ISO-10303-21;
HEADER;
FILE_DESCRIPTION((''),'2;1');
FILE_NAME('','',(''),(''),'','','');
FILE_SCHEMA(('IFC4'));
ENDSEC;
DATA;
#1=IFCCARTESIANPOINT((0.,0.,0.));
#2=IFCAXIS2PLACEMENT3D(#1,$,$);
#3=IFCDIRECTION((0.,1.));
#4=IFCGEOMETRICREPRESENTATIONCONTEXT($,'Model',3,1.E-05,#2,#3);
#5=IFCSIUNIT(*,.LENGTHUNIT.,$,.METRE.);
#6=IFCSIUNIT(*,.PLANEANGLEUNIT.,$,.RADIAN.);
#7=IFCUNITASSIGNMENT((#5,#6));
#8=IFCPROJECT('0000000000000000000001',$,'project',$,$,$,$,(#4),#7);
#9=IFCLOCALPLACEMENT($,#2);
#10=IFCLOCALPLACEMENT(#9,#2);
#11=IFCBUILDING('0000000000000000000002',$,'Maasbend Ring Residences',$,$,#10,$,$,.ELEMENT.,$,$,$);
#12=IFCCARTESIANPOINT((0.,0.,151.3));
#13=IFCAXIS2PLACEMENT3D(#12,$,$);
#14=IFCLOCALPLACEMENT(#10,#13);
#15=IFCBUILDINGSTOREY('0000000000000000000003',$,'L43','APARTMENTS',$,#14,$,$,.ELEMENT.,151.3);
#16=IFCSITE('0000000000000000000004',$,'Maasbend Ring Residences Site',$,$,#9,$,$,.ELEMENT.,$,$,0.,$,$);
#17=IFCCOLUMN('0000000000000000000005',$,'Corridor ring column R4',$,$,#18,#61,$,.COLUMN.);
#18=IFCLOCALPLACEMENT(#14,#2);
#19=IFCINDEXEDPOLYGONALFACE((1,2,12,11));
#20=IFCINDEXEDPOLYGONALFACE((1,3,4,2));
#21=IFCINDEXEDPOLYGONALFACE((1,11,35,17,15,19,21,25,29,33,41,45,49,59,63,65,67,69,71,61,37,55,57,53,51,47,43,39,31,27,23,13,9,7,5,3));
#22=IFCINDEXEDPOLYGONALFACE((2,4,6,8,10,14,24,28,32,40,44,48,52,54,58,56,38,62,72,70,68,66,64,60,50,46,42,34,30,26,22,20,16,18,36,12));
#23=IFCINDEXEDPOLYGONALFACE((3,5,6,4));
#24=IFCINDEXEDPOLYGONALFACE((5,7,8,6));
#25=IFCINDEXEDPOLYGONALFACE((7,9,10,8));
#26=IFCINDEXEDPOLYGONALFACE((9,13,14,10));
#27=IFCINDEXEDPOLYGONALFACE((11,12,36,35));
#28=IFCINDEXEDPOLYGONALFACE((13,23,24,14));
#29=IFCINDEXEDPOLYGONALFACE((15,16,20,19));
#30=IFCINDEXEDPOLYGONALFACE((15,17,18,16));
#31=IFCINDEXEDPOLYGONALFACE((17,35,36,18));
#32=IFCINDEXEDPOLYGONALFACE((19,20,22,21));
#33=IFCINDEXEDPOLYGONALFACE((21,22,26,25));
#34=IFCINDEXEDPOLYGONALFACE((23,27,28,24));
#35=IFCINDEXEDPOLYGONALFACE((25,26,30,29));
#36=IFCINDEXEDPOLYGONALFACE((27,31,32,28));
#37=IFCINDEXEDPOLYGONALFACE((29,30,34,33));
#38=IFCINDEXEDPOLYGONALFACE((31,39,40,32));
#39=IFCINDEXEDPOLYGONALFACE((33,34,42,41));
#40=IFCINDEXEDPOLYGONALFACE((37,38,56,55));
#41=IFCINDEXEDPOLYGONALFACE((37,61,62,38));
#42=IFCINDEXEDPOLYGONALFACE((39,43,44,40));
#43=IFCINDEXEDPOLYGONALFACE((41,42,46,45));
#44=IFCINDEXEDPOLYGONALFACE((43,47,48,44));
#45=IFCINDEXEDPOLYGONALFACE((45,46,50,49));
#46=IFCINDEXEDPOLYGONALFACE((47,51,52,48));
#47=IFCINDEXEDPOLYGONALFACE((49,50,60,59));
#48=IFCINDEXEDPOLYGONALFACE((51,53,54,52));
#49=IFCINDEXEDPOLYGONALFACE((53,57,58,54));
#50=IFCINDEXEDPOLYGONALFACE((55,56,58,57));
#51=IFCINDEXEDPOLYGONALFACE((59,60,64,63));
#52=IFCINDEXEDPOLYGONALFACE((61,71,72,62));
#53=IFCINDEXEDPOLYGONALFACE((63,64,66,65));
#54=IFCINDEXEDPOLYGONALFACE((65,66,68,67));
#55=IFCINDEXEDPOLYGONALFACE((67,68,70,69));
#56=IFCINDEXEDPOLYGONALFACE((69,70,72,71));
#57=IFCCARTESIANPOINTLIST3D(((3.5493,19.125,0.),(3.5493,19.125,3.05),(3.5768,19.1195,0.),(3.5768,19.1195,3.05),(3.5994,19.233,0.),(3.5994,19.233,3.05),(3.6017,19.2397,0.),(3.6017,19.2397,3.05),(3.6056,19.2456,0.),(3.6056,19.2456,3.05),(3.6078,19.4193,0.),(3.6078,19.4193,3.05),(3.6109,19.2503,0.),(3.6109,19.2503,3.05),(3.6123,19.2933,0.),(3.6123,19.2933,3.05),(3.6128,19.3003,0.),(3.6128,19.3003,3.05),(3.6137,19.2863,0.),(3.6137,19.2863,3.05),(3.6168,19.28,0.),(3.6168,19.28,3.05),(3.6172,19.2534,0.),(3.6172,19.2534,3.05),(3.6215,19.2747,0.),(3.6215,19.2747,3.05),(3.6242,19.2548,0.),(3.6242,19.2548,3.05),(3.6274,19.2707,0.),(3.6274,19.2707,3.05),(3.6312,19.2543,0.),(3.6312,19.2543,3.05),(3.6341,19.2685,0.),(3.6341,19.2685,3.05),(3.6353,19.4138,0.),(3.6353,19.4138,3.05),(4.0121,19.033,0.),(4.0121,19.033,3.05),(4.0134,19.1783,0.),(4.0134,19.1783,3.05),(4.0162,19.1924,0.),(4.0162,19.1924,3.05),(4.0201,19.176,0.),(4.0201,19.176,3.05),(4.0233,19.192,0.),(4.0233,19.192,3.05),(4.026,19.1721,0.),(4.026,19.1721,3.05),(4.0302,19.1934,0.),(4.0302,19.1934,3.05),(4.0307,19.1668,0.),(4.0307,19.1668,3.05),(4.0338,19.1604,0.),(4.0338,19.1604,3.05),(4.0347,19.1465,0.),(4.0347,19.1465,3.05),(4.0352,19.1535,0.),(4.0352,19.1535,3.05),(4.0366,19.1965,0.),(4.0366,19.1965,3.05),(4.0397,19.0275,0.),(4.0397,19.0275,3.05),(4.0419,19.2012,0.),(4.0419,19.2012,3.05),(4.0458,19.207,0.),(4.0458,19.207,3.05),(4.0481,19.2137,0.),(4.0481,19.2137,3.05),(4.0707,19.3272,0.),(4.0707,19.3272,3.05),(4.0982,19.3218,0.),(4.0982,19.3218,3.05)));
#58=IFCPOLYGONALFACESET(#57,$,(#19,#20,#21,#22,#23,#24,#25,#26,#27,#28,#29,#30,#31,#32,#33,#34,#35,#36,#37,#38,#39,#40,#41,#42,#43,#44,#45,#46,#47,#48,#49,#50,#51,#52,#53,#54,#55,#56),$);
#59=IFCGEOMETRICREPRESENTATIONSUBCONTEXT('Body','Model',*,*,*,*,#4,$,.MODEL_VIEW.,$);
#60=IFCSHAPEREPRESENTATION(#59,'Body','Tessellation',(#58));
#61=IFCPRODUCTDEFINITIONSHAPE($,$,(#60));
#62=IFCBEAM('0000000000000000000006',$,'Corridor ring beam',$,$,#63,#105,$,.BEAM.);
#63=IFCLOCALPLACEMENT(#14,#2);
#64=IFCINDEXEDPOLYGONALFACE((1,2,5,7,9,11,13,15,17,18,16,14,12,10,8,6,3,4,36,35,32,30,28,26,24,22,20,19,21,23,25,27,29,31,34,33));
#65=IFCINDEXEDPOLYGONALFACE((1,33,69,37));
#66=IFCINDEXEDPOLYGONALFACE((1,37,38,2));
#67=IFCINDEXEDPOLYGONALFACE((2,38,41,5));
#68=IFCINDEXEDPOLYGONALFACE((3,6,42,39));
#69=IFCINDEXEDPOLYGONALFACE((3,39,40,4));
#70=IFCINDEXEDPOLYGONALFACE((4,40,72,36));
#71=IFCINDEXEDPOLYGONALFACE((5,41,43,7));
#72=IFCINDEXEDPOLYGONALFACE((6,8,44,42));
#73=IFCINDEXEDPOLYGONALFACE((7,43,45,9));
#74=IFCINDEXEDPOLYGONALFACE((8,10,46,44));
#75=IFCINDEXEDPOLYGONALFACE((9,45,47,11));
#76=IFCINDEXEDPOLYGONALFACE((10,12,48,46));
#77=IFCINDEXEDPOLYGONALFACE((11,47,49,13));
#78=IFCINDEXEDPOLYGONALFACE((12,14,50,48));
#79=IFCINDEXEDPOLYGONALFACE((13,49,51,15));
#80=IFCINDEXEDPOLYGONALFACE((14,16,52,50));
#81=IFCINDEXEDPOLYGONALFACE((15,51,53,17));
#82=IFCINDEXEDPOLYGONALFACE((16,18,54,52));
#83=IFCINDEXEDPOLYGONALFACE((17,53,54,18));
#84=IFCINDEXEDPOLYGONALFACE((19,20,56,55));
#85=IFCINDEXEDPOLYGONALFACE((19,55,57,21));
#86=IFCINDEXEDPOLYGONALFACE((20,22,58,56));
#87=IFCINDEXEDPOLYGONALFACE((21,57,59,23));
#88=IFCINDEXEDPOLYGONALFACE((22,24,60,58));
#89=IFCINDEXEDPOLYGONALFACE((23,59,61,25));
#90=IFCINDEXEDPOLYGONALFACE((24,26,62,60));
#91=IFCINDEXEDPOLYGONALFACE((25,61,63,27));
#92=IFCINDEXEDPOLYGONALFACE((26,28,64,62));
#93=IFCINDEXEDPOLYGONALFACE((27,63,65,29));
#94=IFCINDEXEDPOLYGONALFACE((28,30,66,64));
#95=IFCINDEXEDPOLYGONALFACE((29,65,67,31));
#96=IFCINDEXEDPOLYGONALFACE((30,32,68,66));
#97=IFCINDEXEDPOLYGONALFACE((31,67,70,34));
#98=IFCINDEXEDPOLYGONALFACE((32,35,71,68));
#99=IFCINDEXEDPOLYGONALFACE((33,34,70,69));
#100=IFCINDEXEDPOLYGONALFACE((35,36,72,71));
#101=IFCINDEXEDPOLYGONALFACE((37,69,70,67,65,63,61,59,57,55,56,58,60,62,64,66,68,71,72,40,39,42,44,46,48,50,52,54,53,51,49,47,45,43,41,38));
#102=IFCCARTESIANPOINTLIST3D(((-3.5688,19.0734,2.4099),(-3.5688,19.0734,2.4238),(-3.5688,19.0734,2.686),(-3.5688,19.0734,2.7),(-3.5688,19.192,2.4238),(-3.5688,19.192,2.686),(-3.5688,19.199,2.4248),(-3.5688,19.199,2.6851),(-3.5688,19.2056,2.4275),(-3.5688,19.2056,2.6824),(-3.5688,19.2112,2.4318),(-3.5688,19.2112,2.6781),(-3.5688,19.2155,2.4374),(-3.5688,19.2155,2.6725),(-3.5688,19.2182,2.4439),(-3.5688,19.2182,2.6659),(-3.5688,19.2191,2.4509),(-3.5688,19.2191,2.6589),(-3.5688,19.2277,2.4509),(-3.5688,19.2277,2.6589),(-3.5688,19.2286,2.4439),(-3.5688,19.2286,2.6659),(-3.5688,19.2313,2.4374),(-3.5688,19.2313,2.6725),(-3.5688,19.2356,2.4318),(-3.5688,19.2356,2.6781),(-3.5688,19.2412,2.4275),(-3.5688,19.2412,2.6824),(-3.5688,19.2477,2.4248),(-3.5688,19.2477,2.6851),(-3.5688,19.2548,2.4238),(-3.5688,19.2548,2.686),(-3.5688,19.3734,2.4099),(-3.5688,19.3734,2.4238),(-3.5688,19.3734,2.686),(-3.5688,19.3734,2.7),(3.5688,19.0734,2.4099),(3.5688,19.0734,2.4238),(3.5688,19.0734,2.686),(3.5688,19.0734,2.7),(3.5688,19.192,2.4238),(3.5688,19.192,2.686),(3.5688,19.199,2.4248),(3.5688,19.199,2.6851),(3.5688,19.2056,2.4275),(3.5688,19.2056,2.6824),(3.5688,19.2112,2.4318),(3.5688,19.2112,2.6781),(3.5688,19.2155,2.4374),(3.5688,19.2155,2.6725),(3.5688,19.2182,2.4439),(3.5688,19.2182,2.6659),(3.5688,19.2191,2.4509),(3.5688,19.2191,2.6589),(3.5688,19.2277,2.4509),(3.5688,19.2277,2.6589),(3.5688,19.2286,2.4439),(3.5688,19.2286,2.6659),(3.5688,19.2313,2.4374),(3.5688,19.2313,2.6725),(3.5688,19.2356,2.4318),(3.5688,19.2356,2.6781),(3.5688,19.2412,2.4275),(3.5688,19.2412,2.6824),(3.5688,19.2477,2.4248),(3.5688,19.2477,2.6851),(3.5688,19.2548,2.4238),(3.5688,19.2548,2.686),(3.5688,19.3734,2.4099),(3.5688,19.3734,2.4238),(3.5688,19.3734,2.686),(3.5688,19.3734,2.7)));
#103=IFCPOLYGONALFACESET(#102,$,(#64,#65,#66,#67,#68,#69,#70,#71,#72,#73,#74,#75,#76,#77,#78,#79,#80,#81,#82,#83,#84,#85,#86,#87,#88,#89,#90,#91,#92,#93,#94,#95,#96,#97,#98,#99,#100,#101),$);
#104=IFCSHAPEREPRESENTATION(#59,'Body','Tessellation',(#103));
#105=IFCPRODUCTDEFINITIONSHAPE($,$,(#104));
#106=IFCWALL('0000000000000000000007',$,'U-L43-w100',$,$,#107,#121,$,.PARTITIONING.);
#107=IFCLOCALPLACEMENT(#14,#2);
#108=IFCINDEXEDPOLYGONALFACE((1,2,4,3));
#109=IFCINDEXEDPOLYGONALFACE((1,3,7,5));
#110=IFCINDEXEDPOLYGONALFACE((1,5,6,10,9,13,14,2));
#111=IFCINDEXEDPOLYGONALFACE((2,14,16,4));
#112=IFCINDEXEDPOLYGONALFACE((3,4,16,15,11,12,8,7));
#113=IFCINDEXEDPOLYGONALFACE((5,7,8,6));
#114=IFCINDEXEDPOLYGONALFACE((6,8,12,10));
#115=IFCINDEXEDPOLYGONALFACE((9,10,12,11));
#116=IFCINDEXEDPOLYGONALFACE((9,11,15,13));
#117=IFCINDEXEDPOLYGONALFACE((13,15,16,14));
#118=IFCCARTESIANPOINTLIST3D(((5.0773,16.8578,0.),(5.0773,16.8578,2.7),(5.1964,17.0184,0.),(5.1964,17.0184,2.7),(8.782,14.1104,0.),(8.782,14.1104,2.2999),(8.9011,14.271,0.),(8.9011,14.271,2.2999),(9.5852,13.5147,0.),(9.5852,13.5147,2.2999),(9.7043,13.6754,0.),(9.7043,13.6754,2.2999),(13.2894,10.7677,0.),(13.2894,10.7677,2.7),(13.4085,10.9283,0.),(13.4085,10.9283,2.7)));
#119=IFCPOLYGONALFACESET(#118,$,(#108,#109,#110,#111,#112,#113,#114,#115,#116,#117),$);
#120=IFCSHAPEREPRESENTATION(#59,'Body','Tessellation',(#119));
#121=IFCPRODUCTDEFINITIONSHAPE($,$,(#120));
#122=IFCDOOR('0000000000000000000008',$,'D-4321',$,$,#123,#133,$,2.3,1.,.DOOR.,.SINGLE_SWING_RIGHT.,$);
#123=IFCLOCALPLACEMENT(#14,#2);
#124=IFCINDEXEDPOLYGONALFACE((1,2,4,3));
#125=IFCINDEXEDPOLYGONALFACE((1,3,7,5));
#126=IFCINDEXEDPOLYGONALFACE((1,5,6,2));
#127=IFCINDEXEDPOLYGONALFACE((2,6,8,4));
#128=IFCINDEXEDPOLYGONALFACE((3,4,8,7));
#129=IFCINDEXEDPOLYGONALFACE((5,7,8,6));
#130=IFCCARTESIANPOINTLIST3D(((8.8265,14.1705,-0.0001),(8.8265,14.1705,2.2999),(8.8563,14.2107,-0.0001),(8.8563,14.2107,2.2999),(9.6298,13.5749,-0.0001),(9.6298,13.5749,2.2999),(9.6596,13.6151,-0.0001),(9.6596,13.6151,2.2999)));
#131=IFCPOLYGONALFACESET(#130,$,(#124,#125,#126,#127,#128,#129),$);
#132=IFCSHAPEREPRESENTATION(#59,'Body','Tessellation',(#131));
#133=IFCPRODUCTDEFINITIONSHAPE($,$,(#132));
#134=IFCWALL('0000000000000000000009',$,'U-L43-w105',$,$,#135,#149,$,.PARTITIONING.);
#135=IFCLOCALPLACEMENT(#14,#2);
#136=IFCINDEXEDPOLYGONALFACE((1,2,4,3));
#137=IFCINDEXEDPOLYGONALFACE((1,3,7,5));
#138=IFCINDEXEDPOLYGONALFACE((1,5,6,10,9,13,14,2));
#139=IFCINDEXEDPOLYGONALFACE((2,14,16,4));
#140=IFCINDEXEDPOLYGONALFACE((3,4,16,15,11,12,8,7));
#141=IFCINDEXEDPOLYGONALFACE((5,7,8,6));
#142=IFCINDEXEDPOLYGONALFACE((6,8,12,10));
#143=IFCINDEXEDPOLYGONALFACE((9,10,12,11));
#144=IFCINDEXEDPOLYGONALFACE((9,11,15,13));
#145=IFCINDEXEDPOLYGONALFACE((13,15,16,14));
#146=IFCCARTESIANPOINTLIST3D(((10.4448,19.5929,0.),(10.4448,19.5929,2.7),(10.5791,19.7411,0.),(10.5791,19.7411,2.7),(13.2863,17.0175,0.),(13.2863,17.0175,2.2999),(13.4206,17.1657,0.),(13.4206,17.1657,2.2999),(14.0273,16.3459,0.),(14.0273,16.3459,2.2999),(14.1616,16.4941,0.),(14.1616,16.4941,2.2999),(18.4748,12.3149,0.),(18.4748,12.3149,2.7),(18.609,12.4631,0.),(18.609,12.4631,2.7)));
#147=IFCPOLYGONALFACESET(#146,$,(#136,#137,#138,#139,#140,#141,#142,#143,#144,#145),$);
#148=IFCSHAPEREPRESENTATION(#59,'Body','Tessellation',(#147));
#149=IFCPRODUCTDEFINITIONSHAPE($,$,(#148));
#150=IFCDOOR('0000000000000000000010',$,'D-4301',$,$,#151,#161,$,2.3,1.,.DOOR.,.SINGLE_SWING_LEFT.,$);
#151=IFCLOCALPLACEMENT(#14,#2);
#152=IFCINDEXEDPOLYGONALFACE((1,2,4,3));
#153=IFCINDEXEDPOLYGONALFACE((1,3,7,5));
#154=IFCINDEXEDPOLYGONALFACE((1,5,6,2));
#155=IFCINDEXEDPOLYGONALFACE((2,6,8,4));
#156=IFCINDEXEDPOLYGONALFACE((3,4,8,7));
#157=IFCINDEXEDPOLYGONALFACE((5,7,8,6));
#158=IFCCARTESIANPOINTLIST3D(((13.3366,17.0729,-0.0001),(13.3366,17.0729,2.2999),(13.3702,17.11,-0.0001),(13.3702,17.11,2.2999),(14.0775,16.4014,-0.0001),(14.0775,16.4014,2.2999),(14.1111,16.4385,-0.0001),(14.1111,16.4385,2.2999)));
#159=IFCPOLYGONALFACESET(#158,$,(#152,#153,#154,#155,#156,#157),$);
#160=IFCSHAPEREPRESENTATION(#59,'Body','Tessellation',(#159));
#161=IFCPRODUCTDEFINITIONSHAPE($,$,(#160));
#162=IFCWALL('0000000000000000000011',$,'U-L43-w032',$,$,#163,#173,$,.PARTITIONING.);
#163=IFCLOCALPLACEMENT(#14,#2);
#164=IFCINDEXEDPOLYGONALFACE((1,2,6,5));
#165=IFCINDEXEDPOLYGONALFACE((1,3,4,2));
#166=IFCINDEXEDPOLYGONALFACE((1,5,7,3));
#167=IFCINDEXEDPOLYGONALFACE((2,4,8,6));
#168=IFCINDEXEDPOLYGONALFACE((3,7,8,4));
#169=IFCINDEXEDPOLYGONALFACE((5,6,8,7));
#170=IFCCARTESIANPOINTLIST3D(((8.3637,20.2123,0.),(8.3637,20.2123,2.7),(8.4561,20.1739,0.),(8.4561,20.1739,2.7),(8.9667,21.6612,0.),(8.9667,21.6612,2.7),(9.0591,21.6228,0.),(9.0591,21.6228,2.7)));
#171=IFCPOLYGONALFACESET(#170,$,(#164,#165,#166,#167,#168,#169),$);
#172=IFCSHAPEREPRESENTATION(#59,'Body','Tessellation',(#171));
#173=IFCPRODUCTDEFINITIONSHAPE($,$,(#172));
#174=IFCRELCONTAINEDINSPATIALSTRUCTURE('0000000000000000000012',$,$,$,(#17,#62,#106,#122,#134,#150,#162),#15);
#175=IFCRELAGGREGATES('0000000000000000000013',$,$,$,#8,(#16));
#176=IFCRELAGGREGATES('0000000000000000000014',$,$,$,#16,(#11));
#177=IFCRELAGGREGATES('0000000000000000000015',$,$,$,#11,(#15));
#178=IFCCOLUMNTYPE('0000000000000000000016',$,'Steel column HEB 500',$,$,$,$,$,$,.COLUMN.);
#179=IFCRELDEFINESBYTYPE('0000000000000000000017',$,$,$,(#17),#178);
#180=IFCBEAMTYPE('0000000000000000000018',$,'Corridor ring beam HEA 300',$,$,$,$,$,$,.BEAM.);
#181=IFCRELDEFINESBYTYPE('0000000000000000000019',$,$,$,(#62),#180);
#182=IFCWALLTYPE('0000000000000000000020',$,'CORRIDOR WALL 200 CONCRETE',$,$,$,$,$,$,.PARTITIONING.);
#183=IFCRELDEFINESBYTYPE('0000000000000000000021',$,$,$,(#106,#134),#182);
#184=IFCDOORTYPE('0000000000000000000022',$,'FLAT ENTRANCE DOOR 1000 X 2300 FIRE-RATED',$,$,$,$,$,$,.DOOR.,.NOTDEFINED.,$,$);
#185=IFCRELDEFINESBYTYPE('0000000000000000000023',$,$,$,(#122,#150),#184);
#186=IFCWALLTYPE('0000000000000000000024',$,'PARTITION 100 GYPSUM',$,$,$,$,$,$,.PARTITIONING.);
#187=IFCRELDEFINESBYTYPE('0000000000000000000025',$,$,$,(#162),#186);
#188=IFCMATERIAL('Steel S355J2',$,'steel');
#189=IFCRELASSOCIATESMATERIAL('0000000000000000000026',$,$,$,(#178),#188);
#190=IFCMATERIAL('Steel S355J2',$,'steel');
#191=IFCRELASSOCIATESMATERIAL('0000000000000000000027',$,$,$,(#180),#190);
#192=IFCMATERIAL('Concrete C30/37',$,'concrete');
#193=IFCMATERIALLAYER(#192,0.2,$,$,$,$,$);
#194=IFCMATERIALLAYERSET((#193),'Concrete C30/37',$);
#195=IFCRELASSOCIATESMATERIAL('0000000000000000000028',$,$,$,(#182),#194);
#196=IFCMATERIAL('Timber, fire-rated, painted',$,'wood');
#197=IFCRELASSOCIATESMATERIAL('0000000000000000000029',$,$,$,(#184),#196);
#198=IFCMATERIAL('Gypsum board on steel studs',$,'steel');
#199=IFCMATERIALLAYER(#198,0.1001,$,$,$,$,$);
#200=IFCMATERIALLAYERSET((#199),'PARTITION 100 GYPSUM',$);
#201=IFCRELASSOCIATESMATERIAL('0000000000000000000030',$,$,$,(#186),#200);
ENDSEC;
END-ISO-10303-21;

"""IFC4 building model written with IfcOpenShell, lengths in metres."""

from ifc_helpers import new_model, si_unit, direction, frame, frame_2d, origin, origin_2d, place, context, subcontext, project, spatial, rectangle, i_section, extrude, material, layer, layer_set, material_profile, profile_set, type_object, element, fill, save


model = new_model("IFC4")

# Units and contexts
model_context = context("Model", 3, precision=1e-05, world=origin(), true_north=direction((0.0, 1.0)))
body_context = subcontext(model_context, "Body", "Model", "MODEL_VIEW")
ifc_project = project(units=[si_unit("LENGTHUNIT", "METRE"), si_unit("PLANEANGLEUNIT", "RADIAN")], contexts=[model_context])

# Site, building, storey
site_placement = place(None, origin())
site = spatial("IfcSite", under=ifc_project, at=site_placement, Name="Maasbend Ring Residences Site", CompositionType="ELEMENT", RefElevation=0.0)
building_placement = place(site_placement, origin())
building = spatial("IfcBuilding", under=site, at=building_placement, Name="Maasbend Ring Residences", CompositionType="ELEMENT")
storey_placement = place(building_placement, frame((0.0, 0.0, 151.3)))
storey = spatial("IfcBuildingStorey", under=building, at=storey_placement, Name="L43", Description="APARTMENTS", CompositionType="ELEMENT", Elevation=151.3)

# Column
ifc_material_1 = material(Name="Steel S355J2", Category="steel")
ifc_material_profile_1 = material_profile(ifc_material_1, i_section(OverallWidth=0.3, OverallDepth=0.5, WebThickness=0.0144, FlangeThickness=0.0281, FilletRadius=0.0271, at=origin_2d()), Name="HEB 500")
ifc_profile_set_1 = profile_set([ifc_material_profile_1], Name="Steel S355J2")
column_type = type_object("IfcColumnType", Name="Steel column HEB 500", PredefinedType="COLUMN", material=ifc_profile_set_1)
column_placement = place(storey_placement, frame((3.8237, 19.2234, 0.0), z_axis=(0.0, 0.0, 1.0), x_axis=(0.19509, 0.980785, 0.0)))
element("IfcColumn", 1, at=column_placement, inside=storey, type_object=column_type, Name="Corridor ring column R4", PredefinedType="COLUMN", context=body_context, shape_type="SweptSolid", body=[
    extrude(i_section(OverallWidth=0.3, OverallDepth=0.5, WebThickness=0.0144, FlangeThickness=0.0281, FilletRadius=0.0271, at=origin_2d()), origin(), (0.0, 0.0, 1.0), 3.05),
])

# Beam
ifc_material_2 = material(Name="Steel S355J2", Category="steel")
ifc_material_profile_2 = material_profile(ifc_material_2, i_section(OverallWidth=0.3, OverallDepth=0.29, WebThickness=0.0085, FlangeThickness=0.0139, FilletRadius=0.0271, at=origin_2d()), Name="HEA 300")
ifc_profile_set_2 = profile_set([ifc_material_profile_2], Name="Steel S355J2")
beam_type = type_object("IfcBeamType", Name="Corridor ring beam HEA 300", PredefinedType="BEAM", material=ifc_profile_set_2)
beam_placement = place(storey_placement, frame((3.5688, 19.2234, 2.5549), z_axis=(-1.0, 0.0, 0.0), x_axis=(0.0, -1.0, 0.0)))
element("IfcBeam", 2, at=beam_placement, inside=storey, type_object=beam_type, Name="Corridor ring beam", PredefinedType="BEAM", context=body_context, shape_type="SweptSolid", body=[
    extrude(i_section(OverallWidth=0.3, OverallDepth=0.29, WebThickness=0.0085, FlangeThickness=0.0139, FilletRadius=0.0271, at=origin_2d()), origin(), (0.0, 0.0, 1.0), 7.1377),
])

# Walls, openings, doors
ifc_material_3 = material(Name="Concrete C30/37", Category="concrete")
ifc_layer_1 = layer(ifc_material_3, 0.2)
ifc_layer_set_1 = layer_set([ifc_layer_1], Name="Concrete C30/37")
wall_type_1 = type_object("IfcWallType", Name="CORRIDOR WALL 200 CONCRETE", PredefinedType="PARTITIONING", material=ifc_layer_set_1)
wall_1_placement = place(storey_placement, frame((5.137, 16.938, 0.0), z_axis=(0.0, 0.0, 1.0), x_axis=(0.803229, -0.59567, 0.0)))
wall_1 = element("IfcWall", 3, at=wall_1_placement, inside=storey, type_object=wall_type_1, Name="U-L43-w100", PredefinedType="PARTITIONING", context=body_context, shape_type="SweptSolid", body=[
    extrude(rectangle(XDim=10.2239, YDim=0.2, at=frame_2d((5.1118, 0.0))), origin(), (0.0, 0.0, 1.0), 2.7),
])
opening_1_placement = place(wall_1_placement, frame((4.6121, 0.0, 0.0)))
opening_1 = element("IfcOpeningElement", 4, at=opening_1_placement, cuts=wall_1, PredefinedType="OPENING", context=body_context, shape_type="SweptSolid", body=[
    extrude(rectangle(XDim=1.0, YDim=2.3, at=frame_2d((0.5, 1.1499))), frame((0.0, 0.1099, 0.0), z_axis=(0.0, -1.0, 0.0), x_axis=(1.0, 0.0, 0.0)), (0.0, 0.0, 1.0), 0.22),
])
ifc_material_4 = material(Name="Timber, fire-rated, painted", Category="wood")
door_type_1 = type_object("IfcDoorType", Name="FLAT ENTRANCE DOOR 1000 X 2300 FIRE-RATED", OperationType="NOTDEFINED", PredefinedType="DOOR", material=ifc_material_4)
door_1_placement = place(opening_1_placement, origin())
door_1 = element("IfcDoor", 5, at=door_1_placement, inside=storey, type_object=door_type_1, Name="D-4321", OperationType="SINGLE_SWING_RIGHT", OverallHeight=2.3, OverallWidth=1.0, PredefinedType="DOOR", context=body_context, shape_type="SweptSolid", body=[
    extrude(rectangle(XDim=1.0, YDim=2.3, at=frame_2d((0.5, 1.1499))), frame((0.0, 0.0249, 0.0), z_axis=(0.0, -1.0, 0.0), x_axis=(1.0, 0.0, 0.0)), (0.0, 0.0, 1.0), 0.05),
])
fill(opening_1, door_1)
wall_2_placement = place(storey_placement, frame((10.512, 19.667, 0.0), z_axis=(0.0, 0.0, 1.0), x_axis=(0.740947, -0.671563, 0.0)))
wall_2 = element("IfcWall", 6, at=wall_2_placement, inside=storey, type_object=wall_type_1, Name="U-L43-w105", PredefinedType="PARTITIONING", context=body_context, shape_type="SweptSolid", body=[
    extrude(rectangle(XDim=10.8374, YDim=0.2, at=frame_2d((5.4187, 0.0))), origin(), (0.0, 0.0, 1.0), 2.7),
])
opening_2_placement = place(wall_2_placement, frame((3.835, 0.0, 0.0)))
opening_2 = element("IfcOpeningElement", 7, at=opening_2_placement, cuts=wall_2, PredefinedType="OPENING", context=body_context, shape_type="SweptSolid", body=[
    extrude(rectangle(XDim=1.0, YDim=2.3, at=frame_2d((0.5, 1.1499))), frame((0.0, 0.1099, 0.0), z_axis=(0.0, -1.0, 0.0), x_axis=(1.0, 0.0, 0.0)), (0.0, 0.0, 1.0), 0.22),
])
door_2_placement = place(opening_2_placement, origin())
door_2 = element("IfcDoor", 8, at=door_2_placement, inside=storey, type_object=door_type_1, Name="D-4301", OperationType="SINGLE_SWING_LEFT", OverallHeight=2.3, OverallWidth=1.0, PredefinedType="DOOR", context=body_context, shape_type="SweptSolid", body=[
    extrude(rectangle(XDim=1.0, YDim=2.3, at=frame_2d((0.5, 1.1499))), frame((0.0, 0.0249, 0.0), z_axis=(0.0, -1.0, 0.0), x_axis=(1.0, 0.0, 0.0)), (0.0, 0.0, 1.0), 0.05),
])
fill(opening_2, door_2)

# Wall
ifc_material_5 = material(Name="Gypsum board on steel studs", Category="steel")
ifc_layer_2 = layer(ifc_material_5, 0.1001)
ifc_layer_set_2 = layer_set([ifc_layer_2], Name="PARTITION 100 GYPSUM")
wall_type_2 = type_object("IfcWallType", Name="PARTITION 100 GYPSUM", PredefinedType="PARTITIONING", material=ifc_layer_set_2)
wall_3_placement = place(storey_placement, frame((8.4099, 20.1931, 0.0), z_axis=(0.0, 0.0, 1.0), x_axis=(0.384229, 0.923238, 0.0)))
element("IfcWall", 9, at=wall_3_placement, inside=storey, type_object=wall_type_2, Name="U-L43-w032", PredefinedType="PARTITIONING", context=body_context, shape_type="SweptSolid", body=[
    extrude(rectangle(XDim=1.5693, YDim=0.1001, at=frame_2d((0.7847, 0.0))), origin(), (0.0, 0.0, 1.0), 2.7),
])

save(model, "model.ifc")
